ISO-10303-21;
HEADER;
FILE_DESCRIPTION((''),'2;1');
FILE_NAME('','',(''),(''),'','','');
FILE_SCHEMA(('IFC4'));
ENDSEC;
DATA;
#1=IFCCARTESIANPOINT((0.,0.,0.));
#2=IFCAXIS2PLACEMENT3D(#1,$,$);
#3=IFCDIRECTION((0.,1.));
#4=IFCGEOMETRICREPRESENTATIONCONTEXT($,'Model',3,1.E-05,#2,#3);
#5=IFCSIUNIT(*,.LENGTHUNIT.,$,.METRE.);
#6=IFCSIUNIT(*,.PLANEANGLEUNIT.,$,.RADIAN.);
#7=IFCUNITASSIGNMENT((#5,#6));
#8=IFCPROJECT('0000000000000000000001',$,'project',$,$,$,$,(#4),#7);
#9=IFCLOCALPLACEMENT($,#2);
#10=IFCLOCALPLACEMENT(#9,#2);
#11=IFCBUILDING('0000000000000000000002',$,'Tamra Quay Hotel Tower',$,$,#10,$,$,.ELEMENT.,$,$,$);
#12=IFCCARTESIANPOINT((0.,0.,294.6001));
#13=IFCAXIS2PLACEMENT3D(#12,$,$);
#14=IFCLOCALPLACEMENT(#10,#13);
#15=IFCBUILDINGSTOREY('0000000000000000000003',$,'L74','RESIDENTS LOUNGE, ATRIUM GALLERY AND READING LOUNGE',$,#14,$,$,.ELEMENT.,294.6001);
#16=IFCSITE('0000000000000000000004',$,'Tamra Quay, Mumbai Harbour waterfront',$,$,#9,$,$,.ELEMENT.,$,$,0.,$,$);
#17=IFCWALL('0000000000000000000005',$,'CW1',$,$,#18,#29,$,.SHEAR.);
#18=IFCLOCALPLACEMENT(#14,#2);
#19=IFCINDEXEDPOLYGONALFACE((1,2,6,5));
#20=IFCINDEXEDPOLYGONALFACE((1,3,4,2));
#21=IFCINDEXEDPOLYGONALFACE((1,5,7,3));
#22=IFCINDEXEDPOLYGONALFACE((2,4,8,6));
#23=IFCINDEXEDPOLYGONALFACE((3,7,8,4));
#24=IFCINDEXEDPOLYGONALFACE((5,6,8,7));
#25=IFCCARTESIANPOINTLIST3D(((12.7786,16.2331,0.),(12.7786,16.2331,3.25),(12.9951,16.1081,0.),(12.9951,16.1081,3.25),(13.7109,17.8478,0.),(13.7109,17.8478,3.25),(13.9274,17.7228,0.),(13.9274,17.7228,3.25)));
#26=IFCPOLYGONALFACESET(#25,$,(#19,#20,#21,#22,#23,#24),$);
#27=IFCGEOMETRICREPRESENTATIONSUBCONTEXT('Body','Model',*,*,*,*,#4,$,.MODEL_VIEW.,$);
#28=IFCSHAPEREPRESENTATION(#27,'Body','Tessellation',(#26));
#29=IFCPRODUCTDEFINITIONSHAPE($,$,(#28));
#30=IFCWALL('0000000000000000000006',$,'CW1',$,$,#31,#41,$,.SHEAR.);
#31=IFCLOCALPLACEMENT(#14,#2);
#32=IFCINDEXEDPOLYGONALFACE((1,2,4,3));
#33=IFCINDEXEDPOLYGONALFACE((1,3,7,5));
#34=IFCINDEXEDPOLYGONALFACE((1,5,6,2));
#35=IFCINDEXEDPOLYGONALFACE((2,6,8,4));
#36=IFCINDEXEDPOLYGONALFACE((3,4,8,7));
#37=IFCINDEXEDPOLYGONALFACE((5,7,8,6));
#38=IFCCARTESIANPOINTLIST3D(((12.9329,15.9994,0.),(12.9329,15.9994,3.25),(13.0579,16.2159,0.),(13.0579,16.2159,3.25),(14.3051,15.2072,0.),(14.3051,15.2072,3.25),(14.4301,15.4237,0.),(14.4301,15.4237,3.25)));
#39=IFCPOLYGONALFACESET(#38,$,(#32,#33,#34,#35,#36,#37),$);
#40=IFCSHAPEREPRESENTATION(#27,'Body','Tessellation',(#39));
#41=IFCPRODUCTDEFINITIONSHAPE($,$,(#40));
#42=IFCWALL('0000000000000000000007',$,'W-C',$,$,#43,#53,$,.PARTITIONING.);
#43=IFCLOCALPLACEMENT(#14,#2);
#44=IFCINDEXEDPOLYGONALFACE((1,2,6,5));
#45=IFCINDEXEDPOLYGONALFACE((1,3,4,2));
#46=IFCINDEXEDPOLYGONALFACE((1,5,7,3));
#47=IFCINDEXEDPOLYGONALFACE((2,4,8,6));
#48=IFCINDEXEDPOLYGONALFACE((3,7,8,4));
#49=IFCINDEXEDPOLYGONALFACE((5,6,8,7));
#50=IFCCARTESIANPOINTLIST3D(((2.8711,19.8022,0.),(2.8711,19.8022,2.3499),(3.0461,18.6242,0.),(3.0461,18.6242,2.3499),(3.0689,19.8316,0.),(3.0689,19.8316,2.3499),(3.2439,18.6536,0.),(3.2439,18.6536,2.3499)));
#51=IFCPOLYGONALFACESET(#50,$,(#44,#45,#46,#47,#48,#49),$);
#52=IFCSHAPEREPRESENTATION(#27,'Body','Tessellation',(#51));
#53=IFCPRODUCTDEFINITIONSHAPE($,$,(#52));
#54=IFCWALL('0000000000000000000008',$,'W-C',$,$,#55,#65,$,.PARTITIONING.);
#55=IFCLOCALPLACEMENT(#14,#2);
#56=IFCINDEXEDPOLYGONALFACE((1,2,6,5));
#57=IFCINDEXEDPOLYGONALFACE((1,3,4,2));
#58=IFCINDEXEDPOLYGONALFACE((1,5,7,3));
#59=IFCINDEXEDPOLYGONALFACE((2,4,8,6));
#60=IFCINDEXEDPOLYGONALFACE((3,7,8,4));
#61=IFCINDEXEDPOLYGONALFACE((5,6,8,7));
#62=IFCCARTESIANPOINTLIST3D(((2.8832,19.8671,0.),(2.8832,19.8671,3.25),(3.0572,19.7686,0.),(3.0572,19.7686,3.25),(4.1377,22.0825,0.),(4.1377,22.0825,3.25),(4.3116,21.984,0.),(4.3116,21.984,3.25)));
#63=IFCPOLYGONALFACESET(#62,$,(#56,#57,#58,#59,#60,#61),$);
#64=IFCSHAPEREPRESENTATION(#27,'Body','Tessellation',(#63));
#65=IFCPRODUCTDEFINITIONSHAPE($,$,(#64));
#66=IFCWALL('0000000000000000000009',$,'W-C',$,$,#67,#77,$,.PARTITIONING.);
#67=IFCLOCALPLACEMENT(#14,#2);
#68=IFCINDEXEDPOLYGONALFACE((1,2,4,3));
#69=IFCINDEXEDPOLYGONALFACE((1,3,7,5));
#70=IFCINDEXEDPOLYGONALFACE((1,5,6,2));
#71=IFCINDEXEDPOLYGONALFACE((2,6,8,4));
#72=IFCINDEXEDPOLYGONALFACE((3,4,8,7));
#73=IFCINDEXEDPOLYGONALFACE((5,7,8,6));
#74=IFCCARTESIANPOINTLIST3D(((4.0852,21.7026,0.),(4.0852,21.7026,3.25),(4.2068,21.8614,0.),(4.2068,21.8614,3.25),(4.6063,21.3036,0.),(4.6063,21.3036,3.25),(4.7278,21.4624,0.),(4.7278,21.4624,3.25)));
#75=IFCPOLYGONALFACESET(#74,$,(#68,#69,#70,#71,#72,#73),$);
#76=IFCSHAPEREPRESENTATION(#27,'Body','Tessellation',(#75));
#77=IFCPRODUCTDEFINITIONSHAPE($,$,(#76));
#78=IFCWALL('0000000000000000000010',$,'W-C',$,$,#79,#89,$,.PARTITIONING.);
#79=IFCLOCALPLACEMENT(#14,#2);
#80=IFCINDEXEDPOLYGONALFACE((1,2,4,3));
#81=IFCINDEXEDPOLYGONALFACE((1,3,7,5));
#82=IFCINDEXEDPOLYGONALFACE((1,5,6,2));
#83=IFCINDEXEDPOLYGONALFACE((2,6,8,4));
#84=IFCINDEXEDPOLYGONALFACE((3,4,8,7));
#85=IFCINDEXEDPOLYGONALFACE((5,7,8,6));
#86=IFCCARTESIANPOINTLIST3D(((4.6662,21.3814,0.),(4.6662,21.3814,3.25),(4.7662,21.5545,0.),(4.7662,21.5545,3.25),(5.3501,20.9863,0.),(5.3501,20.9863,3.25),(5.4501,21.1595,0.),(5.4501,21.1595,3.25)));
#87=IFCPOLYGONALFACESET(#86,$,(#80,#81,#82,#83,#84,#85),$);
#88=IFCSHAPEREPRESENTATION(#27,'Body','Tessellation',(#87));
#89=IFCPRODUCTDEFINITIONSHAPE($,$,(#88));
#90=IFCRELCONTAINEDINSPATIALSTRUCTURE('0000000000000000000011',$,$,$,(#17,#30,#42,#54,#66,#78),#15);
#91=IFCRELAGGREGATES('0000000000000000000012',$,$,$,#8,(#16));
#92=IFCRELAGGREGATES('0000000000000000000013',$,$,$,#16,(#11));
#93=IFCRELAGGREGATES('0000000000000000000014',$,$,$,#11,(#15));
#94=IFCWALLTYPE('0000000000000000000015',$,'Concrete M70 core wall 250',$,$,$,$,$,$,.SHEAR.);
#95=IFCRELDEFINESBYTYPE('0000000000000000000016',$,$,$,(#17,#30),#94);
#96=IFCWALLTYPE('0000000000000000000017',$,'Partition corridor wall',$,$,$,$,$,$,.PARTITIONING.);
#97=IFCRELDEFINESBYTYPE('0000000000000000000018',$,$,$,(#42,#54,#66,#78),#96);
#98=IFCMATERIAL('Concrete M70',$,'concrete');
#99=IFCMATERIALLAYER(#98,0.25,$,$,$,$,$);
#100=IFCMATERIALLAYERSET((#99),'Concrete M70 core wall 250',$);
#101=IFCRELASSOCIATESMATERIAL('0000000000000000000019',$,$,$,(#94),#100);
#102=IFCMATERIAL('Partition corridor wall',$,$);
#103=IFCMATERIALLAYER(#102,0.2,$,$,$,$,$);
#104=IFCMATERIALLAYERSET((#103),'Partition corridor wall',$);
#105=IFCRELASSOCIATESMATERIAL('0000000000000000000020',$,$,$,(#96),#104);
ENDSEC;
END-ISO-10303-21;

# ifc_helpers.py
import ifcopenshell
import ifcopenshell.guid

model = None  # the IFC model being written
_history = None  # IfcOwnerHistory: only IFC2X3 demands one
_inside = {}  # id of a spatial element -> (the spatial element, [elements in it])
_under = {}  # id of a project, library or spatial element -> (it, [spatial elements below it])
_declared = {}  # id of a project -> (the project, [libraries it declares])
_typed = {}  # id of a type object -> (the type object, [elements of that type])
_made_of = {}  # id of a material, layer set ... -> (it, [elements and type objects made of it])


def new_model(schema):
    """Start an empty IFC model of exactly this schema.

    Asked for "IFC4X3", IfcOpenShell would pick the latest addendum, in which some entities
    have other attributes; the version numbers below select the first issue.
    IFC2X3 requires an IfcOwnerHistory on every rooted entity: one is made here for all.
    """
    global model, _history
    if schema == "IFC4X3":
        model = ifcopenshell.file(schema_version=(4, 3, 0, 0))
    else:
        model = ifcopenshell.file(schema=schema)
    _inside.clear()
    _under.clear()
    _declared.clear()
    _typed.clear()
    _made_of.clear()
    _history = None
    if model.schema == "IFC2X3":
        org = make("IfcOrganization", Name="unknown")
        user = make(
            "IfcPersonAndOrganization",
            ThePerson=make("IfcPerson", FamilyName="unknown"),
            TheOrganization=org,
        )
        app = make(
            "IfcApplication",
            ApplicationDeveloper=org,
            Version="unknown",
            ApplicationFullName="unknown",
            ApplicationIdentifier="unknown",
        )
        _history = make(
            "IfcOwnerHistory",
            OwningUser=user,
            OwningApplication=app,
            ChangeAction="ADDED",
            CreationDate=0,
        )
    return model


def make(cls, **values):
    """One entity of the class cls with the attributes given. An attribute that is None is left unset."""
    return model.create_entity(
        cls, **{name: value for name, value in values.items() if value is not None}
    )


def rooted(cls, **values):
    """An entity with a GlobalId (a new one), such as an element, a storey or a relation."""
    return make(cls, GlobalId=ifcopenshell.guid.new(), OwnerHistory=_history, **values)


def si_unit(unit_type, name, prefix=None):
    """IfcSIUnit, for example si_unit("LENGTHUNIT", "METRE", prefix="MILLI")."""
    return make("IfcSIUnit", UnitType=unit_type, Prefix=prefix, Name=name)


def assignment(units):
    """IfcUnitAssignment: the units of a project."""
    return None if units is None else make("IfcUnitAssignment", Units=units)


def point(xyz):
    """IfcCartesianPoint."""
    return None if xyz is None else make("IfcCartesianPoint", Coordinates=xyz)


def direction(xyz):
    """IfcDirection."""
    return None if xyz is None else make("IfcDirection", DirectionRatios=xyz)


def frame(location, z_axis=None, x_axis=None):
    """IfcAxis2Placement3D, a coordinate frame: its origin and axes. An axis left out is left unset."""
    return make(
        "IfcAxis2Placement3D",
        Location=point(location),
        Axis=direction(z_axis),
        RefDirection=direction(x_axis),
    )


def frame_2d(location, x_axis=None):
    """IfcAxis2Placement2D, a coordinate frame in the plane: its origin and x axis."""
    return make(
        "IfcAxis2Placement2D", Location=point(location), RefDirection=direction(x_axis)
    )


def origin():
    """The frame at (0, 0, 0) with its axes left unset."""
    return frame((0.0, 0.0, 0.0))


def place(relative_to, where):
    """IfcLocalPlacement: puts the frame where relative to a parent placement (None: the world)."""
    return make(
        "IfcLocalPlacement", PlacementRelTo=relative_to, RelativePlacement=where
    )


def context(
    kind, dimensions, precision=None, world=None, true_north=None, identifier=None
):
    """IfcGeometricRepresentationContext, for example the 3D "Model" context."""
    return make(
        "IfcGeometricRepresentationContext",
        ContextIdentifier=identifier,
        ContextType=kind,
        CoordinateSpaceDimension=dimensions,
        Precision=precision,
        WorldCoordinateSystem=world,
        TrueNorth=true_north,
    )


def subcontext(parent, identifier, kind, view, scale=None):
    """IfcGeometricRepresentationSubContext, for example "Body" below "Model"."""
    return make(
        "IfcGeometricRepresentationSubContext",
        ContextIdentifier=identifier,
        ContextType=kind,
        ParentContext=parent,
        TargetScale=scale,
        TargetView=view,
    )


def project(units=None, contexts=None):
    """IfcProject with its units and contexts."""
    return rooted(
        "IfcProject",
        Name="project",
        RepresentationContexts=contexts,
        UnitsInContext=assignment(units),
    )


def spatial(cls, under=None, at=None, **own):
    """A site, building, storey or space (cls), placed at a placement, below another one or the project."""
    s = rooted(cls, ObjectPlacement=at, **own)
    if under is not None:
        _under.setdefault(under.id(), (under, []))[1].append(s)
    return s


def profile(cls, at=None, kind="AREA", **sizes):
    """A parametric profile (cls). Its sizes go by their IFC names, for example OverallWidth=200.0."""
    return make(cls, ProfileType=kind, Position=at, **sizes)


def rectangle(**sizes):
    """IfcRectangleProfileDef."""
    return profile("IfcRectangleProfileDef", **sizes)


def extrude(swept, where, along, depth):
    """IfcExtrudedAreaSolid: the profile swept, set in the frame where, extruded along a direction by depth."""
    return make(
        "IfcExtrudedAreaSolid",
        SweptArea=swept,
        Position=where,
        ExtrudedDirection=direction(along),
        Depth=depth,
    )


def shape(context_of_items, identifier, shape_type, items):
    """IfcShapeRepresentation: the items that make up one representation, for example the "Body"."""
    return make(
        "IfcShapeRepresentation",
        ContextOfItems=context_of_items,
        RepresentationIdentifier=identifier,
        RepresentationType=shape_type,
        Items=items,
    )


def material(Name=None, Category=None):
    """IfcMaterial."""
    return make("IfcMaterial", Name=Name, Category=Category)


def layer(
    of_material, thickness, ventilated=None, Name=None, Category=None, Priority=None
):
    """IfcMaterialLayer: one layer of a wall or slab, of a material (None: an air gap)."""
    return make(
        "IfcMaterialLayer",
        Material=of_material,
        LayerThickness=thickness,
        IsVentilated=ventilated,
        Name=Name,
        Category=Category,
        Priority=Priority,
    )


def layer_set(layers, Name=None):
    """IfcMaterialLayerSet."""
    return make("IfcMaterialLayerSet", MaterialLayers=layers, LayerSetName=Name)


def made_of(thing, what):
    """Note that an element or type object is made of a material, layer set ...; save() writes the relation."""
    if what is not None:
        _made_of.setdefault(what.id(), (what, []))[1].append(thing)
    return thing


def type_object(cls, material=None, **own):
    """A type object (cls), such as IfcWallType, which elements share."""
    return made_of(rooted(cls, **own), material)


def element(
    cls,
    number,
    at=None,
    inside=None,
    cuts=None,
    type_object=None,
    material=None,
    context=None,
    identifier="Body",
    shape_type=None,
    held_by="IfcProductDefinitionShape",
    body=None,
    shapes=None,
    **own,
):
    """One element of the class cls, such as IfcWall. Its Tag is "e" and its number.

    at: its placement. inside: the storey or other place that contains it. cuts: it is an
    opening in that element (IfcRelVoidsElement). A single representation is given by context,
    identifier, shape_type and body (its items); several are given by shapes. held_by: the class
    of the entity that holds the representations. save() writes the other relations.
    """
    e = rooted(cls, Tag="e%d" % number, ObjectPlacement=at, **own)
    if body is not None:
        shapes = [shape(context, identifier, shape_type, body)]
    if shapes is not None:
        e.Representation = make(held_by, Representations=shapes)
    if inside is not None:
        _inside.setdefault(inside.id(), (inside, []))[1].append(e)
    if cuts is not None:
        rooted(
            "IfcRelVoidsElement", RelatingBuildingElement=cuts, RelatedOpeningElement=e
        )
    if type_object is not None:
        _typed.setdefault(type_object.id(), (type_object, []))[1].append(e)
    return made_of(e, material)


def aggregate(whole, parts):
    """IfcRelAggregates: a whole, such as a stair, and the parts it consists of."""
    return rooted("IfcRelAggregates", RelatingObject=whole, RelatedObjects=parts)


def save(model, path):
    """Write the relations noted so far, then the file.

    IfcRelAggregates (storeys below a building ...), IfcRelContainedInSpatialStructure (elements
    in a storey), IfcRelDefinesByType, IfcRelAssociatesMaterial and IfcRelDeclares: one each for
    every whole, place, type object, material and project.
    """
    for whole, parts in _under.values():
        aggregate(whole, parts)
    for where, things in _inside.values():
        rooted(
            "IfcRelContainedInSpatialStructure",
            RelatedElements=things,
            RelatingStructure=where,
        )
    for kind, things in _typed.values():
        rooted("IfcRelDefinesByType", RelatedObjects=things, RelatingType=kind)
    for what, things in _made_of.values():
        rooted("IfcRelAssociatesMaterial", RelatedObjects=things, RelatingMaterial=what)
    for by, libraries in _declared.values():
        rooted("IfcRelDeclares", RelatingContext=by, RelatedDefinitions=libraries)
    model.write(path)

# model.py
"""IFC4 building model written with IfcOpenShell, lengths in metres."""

from ifc_helpers import new_model, si_unit, direction, frame, frame_2d, origin, place, context, subcontext, project, spatial, rectangle, extrude, material, layer, layer_set, type_object, element, save


model = new_model("IFC4")

# Units and contexts
model_context = context("Model", 3, precision=1e-05, world=origin(), true_north=direction((0.0, 1.0)))
body_context = subcontext(model_context, "Body", "Model", "MODEL_VIEW")
ifc_project = project(units=[si_unit("LENGTHUNIT", "METRE"), si_unit("PLANEANGLEUNIT", "RADIAN")], contexts=[model_context])

# Site, building, storey
site_placement = place(None, origin())
site = spatial("IfcSite", under=ifc_project, at=site_placement, Name="Tamra Quay, Mumbai Harbour waterfront", CompositionType="ELEMENT", RefElevation=0.0)
building_placement = place(site_placement, origin())
building = spatial("IfcBuilding", under=site, at=building_placement, Name="Tamra Quay Hotel Tower", CompositionType="ELEMENT")
storey_placement = place(building_placement, frame((0.0, 0.0, 294.6001)))
storey = spatial("IfcBuildingStorey", under=building, at=storey_placement, Name="L74", Description="RESIDENTS LOUNGE, ATRIUM GALLERY AND READING LOUNGE", CompositionType="ELEMENT", Elevation=294.6001)

# Shared definitions
ifc_material_1 = material(Name="Concrete M70", Category="concrete")

# Shared definitions
ifc_layer_1 = layer(ifc_material_1, 0.25)
ifc_layer_set_1 = layer_set([ifc_layer_1], Name="Concrete M70 core wall 250")
wall_type_1 = type_object("IfcWallType", Name="Concrete M70 core wall 250", PredefinedType="SHEAR", material=ifc_layer_set_1)

# Walls
wall_1_placement = place(storey_placement, frame((13.8191, 17.7852, 0.0), z_axis=(0.0, 0.0, 1.0), x_axis=(-0.50004, -0.866002, 0.0)))
element("IfcWall", 1, at=wall_1_placement, inside=storey, type_object=wall_type_1, Name="CW1", PredefinedType="SHEAR", context=body_context, shape_type="SweptSolid", body=[
    extrude(rectangle(XDim=1.8645, YDim=0.25, at=frame_2d((0.9321, 0.0))), origin(), (0.0, 0.0, 1.0), 3.25),
])
wall_2_placement = place(storey_placement, frame((12.9954, 16.1077, 0.0), z_axis=(0.0, 0.0, 1.0), x_axis=(0.866044, -0.499967, 0.0)))
element("IfcWall", 2, at=wall_2_placement, inside=storey, type_object=wall_type_1, Name="CW1", PredefinedType="SHEAR", context=body_context, shape_type="SweptSolid", body=[
    extrude(rectangle(XDim=1.5845, YDim=0.25, at=frame_2d((0.7922, 0.0))), origin(), (0.0, 0.0, 1.0), 3.25),
])
ifc_material_2 = material(Name="Partition corridor wall")
ifc_layer_2 = layer(ifc_material_2, 0.2)
ifc_layer_set_2 = layer_set([ifc_layer_2], Name="Partition corridor wall")
wall_type_2 = type_object("IfcWallType", Name="Partition corridor wall", PredefinedType="PARTITIONING", material=ifc_layer_set_2)
wall_3_placement = place(storey_placement, frame((2.97, 19.8169, 0.0), z_axis=(0.0, 0.0, 1.0), x_axis=(0.146987, -0.989138, 0.0)))
element("IfcWall", 3, at=wall_3_placement, inside=storey, type_object=wall_type_2, Name="W-C", PredefinedType="PARTITIONING", context=body_context, shape_type="SweptSolid", body=[
    extrude(rectangle(XDim=1.1909, YDim=0.2, at=frame_2d((0.5955, 0.0))), origin(), (0.0, 0.0, 1.0), 2.3499),
])
wall_4_placement = place(storey_placement, frame((2.9702, 19.8179, 0.0), z_axis=(0.0, 0.0, 1.0), x_axis=(0.492727, 0.870184, 0.0)))
element("IfcWall", 4, at=wall_4_placement, inside=storey, type_object=wall_type_2, Name="W-C", PredefinedType="PARTITIONING", context=body_context, shape_type="SweptSolid", body=[
    extrude(rectangle(XDim=2.5459, YDim=0.2, at=frame_2d((1.2729, 0.0))), origin(), (0.0, 0.0, 1.0), 3.25),
])
wall_5_placement = place(storey_placement, frame((4.146, 21.782, 0.0), z_axis=(0.0, 0.0, 1.0), x_axis=(0.793977, -0.607947, 0.0)))
element("IfcWall", 5, at=wall_5_placement, inside=storey, type_object=wall_type_2, Name="W-C", PredefinedType="PARTITIONING", context=body_context, shape_type="SweptSolid", body=[
    extrude(rectangle(XDim=0.6562, YDim=0.2, at=frame_2d((0.3281, 0.0))), origin(), (0.0, 0.0, 1.0), 3.25),
])
wall_6_placement = place(storey_placement, frame((4.7161, 21.468, 0.0), z_axis=(0.0, 0.0, 1.0), x_axis=(0.865913, -0.500195, 0.0)))
element("IfcWall", 6, at=wall_6_placement, inside=storey, type_object=wall_type_2, Name="W-C", PredefinedType="PARTITIONING", context=body_context, shape_type="SweptSolid", body=[
    extrude(rectangle(XDim=0.7898, YDim=0.2, at=frame_2d((0.395, 0.0))), origin(), (0.0, 0.0, 1.0), 3.25),
])

save(model, "model.ifc")
